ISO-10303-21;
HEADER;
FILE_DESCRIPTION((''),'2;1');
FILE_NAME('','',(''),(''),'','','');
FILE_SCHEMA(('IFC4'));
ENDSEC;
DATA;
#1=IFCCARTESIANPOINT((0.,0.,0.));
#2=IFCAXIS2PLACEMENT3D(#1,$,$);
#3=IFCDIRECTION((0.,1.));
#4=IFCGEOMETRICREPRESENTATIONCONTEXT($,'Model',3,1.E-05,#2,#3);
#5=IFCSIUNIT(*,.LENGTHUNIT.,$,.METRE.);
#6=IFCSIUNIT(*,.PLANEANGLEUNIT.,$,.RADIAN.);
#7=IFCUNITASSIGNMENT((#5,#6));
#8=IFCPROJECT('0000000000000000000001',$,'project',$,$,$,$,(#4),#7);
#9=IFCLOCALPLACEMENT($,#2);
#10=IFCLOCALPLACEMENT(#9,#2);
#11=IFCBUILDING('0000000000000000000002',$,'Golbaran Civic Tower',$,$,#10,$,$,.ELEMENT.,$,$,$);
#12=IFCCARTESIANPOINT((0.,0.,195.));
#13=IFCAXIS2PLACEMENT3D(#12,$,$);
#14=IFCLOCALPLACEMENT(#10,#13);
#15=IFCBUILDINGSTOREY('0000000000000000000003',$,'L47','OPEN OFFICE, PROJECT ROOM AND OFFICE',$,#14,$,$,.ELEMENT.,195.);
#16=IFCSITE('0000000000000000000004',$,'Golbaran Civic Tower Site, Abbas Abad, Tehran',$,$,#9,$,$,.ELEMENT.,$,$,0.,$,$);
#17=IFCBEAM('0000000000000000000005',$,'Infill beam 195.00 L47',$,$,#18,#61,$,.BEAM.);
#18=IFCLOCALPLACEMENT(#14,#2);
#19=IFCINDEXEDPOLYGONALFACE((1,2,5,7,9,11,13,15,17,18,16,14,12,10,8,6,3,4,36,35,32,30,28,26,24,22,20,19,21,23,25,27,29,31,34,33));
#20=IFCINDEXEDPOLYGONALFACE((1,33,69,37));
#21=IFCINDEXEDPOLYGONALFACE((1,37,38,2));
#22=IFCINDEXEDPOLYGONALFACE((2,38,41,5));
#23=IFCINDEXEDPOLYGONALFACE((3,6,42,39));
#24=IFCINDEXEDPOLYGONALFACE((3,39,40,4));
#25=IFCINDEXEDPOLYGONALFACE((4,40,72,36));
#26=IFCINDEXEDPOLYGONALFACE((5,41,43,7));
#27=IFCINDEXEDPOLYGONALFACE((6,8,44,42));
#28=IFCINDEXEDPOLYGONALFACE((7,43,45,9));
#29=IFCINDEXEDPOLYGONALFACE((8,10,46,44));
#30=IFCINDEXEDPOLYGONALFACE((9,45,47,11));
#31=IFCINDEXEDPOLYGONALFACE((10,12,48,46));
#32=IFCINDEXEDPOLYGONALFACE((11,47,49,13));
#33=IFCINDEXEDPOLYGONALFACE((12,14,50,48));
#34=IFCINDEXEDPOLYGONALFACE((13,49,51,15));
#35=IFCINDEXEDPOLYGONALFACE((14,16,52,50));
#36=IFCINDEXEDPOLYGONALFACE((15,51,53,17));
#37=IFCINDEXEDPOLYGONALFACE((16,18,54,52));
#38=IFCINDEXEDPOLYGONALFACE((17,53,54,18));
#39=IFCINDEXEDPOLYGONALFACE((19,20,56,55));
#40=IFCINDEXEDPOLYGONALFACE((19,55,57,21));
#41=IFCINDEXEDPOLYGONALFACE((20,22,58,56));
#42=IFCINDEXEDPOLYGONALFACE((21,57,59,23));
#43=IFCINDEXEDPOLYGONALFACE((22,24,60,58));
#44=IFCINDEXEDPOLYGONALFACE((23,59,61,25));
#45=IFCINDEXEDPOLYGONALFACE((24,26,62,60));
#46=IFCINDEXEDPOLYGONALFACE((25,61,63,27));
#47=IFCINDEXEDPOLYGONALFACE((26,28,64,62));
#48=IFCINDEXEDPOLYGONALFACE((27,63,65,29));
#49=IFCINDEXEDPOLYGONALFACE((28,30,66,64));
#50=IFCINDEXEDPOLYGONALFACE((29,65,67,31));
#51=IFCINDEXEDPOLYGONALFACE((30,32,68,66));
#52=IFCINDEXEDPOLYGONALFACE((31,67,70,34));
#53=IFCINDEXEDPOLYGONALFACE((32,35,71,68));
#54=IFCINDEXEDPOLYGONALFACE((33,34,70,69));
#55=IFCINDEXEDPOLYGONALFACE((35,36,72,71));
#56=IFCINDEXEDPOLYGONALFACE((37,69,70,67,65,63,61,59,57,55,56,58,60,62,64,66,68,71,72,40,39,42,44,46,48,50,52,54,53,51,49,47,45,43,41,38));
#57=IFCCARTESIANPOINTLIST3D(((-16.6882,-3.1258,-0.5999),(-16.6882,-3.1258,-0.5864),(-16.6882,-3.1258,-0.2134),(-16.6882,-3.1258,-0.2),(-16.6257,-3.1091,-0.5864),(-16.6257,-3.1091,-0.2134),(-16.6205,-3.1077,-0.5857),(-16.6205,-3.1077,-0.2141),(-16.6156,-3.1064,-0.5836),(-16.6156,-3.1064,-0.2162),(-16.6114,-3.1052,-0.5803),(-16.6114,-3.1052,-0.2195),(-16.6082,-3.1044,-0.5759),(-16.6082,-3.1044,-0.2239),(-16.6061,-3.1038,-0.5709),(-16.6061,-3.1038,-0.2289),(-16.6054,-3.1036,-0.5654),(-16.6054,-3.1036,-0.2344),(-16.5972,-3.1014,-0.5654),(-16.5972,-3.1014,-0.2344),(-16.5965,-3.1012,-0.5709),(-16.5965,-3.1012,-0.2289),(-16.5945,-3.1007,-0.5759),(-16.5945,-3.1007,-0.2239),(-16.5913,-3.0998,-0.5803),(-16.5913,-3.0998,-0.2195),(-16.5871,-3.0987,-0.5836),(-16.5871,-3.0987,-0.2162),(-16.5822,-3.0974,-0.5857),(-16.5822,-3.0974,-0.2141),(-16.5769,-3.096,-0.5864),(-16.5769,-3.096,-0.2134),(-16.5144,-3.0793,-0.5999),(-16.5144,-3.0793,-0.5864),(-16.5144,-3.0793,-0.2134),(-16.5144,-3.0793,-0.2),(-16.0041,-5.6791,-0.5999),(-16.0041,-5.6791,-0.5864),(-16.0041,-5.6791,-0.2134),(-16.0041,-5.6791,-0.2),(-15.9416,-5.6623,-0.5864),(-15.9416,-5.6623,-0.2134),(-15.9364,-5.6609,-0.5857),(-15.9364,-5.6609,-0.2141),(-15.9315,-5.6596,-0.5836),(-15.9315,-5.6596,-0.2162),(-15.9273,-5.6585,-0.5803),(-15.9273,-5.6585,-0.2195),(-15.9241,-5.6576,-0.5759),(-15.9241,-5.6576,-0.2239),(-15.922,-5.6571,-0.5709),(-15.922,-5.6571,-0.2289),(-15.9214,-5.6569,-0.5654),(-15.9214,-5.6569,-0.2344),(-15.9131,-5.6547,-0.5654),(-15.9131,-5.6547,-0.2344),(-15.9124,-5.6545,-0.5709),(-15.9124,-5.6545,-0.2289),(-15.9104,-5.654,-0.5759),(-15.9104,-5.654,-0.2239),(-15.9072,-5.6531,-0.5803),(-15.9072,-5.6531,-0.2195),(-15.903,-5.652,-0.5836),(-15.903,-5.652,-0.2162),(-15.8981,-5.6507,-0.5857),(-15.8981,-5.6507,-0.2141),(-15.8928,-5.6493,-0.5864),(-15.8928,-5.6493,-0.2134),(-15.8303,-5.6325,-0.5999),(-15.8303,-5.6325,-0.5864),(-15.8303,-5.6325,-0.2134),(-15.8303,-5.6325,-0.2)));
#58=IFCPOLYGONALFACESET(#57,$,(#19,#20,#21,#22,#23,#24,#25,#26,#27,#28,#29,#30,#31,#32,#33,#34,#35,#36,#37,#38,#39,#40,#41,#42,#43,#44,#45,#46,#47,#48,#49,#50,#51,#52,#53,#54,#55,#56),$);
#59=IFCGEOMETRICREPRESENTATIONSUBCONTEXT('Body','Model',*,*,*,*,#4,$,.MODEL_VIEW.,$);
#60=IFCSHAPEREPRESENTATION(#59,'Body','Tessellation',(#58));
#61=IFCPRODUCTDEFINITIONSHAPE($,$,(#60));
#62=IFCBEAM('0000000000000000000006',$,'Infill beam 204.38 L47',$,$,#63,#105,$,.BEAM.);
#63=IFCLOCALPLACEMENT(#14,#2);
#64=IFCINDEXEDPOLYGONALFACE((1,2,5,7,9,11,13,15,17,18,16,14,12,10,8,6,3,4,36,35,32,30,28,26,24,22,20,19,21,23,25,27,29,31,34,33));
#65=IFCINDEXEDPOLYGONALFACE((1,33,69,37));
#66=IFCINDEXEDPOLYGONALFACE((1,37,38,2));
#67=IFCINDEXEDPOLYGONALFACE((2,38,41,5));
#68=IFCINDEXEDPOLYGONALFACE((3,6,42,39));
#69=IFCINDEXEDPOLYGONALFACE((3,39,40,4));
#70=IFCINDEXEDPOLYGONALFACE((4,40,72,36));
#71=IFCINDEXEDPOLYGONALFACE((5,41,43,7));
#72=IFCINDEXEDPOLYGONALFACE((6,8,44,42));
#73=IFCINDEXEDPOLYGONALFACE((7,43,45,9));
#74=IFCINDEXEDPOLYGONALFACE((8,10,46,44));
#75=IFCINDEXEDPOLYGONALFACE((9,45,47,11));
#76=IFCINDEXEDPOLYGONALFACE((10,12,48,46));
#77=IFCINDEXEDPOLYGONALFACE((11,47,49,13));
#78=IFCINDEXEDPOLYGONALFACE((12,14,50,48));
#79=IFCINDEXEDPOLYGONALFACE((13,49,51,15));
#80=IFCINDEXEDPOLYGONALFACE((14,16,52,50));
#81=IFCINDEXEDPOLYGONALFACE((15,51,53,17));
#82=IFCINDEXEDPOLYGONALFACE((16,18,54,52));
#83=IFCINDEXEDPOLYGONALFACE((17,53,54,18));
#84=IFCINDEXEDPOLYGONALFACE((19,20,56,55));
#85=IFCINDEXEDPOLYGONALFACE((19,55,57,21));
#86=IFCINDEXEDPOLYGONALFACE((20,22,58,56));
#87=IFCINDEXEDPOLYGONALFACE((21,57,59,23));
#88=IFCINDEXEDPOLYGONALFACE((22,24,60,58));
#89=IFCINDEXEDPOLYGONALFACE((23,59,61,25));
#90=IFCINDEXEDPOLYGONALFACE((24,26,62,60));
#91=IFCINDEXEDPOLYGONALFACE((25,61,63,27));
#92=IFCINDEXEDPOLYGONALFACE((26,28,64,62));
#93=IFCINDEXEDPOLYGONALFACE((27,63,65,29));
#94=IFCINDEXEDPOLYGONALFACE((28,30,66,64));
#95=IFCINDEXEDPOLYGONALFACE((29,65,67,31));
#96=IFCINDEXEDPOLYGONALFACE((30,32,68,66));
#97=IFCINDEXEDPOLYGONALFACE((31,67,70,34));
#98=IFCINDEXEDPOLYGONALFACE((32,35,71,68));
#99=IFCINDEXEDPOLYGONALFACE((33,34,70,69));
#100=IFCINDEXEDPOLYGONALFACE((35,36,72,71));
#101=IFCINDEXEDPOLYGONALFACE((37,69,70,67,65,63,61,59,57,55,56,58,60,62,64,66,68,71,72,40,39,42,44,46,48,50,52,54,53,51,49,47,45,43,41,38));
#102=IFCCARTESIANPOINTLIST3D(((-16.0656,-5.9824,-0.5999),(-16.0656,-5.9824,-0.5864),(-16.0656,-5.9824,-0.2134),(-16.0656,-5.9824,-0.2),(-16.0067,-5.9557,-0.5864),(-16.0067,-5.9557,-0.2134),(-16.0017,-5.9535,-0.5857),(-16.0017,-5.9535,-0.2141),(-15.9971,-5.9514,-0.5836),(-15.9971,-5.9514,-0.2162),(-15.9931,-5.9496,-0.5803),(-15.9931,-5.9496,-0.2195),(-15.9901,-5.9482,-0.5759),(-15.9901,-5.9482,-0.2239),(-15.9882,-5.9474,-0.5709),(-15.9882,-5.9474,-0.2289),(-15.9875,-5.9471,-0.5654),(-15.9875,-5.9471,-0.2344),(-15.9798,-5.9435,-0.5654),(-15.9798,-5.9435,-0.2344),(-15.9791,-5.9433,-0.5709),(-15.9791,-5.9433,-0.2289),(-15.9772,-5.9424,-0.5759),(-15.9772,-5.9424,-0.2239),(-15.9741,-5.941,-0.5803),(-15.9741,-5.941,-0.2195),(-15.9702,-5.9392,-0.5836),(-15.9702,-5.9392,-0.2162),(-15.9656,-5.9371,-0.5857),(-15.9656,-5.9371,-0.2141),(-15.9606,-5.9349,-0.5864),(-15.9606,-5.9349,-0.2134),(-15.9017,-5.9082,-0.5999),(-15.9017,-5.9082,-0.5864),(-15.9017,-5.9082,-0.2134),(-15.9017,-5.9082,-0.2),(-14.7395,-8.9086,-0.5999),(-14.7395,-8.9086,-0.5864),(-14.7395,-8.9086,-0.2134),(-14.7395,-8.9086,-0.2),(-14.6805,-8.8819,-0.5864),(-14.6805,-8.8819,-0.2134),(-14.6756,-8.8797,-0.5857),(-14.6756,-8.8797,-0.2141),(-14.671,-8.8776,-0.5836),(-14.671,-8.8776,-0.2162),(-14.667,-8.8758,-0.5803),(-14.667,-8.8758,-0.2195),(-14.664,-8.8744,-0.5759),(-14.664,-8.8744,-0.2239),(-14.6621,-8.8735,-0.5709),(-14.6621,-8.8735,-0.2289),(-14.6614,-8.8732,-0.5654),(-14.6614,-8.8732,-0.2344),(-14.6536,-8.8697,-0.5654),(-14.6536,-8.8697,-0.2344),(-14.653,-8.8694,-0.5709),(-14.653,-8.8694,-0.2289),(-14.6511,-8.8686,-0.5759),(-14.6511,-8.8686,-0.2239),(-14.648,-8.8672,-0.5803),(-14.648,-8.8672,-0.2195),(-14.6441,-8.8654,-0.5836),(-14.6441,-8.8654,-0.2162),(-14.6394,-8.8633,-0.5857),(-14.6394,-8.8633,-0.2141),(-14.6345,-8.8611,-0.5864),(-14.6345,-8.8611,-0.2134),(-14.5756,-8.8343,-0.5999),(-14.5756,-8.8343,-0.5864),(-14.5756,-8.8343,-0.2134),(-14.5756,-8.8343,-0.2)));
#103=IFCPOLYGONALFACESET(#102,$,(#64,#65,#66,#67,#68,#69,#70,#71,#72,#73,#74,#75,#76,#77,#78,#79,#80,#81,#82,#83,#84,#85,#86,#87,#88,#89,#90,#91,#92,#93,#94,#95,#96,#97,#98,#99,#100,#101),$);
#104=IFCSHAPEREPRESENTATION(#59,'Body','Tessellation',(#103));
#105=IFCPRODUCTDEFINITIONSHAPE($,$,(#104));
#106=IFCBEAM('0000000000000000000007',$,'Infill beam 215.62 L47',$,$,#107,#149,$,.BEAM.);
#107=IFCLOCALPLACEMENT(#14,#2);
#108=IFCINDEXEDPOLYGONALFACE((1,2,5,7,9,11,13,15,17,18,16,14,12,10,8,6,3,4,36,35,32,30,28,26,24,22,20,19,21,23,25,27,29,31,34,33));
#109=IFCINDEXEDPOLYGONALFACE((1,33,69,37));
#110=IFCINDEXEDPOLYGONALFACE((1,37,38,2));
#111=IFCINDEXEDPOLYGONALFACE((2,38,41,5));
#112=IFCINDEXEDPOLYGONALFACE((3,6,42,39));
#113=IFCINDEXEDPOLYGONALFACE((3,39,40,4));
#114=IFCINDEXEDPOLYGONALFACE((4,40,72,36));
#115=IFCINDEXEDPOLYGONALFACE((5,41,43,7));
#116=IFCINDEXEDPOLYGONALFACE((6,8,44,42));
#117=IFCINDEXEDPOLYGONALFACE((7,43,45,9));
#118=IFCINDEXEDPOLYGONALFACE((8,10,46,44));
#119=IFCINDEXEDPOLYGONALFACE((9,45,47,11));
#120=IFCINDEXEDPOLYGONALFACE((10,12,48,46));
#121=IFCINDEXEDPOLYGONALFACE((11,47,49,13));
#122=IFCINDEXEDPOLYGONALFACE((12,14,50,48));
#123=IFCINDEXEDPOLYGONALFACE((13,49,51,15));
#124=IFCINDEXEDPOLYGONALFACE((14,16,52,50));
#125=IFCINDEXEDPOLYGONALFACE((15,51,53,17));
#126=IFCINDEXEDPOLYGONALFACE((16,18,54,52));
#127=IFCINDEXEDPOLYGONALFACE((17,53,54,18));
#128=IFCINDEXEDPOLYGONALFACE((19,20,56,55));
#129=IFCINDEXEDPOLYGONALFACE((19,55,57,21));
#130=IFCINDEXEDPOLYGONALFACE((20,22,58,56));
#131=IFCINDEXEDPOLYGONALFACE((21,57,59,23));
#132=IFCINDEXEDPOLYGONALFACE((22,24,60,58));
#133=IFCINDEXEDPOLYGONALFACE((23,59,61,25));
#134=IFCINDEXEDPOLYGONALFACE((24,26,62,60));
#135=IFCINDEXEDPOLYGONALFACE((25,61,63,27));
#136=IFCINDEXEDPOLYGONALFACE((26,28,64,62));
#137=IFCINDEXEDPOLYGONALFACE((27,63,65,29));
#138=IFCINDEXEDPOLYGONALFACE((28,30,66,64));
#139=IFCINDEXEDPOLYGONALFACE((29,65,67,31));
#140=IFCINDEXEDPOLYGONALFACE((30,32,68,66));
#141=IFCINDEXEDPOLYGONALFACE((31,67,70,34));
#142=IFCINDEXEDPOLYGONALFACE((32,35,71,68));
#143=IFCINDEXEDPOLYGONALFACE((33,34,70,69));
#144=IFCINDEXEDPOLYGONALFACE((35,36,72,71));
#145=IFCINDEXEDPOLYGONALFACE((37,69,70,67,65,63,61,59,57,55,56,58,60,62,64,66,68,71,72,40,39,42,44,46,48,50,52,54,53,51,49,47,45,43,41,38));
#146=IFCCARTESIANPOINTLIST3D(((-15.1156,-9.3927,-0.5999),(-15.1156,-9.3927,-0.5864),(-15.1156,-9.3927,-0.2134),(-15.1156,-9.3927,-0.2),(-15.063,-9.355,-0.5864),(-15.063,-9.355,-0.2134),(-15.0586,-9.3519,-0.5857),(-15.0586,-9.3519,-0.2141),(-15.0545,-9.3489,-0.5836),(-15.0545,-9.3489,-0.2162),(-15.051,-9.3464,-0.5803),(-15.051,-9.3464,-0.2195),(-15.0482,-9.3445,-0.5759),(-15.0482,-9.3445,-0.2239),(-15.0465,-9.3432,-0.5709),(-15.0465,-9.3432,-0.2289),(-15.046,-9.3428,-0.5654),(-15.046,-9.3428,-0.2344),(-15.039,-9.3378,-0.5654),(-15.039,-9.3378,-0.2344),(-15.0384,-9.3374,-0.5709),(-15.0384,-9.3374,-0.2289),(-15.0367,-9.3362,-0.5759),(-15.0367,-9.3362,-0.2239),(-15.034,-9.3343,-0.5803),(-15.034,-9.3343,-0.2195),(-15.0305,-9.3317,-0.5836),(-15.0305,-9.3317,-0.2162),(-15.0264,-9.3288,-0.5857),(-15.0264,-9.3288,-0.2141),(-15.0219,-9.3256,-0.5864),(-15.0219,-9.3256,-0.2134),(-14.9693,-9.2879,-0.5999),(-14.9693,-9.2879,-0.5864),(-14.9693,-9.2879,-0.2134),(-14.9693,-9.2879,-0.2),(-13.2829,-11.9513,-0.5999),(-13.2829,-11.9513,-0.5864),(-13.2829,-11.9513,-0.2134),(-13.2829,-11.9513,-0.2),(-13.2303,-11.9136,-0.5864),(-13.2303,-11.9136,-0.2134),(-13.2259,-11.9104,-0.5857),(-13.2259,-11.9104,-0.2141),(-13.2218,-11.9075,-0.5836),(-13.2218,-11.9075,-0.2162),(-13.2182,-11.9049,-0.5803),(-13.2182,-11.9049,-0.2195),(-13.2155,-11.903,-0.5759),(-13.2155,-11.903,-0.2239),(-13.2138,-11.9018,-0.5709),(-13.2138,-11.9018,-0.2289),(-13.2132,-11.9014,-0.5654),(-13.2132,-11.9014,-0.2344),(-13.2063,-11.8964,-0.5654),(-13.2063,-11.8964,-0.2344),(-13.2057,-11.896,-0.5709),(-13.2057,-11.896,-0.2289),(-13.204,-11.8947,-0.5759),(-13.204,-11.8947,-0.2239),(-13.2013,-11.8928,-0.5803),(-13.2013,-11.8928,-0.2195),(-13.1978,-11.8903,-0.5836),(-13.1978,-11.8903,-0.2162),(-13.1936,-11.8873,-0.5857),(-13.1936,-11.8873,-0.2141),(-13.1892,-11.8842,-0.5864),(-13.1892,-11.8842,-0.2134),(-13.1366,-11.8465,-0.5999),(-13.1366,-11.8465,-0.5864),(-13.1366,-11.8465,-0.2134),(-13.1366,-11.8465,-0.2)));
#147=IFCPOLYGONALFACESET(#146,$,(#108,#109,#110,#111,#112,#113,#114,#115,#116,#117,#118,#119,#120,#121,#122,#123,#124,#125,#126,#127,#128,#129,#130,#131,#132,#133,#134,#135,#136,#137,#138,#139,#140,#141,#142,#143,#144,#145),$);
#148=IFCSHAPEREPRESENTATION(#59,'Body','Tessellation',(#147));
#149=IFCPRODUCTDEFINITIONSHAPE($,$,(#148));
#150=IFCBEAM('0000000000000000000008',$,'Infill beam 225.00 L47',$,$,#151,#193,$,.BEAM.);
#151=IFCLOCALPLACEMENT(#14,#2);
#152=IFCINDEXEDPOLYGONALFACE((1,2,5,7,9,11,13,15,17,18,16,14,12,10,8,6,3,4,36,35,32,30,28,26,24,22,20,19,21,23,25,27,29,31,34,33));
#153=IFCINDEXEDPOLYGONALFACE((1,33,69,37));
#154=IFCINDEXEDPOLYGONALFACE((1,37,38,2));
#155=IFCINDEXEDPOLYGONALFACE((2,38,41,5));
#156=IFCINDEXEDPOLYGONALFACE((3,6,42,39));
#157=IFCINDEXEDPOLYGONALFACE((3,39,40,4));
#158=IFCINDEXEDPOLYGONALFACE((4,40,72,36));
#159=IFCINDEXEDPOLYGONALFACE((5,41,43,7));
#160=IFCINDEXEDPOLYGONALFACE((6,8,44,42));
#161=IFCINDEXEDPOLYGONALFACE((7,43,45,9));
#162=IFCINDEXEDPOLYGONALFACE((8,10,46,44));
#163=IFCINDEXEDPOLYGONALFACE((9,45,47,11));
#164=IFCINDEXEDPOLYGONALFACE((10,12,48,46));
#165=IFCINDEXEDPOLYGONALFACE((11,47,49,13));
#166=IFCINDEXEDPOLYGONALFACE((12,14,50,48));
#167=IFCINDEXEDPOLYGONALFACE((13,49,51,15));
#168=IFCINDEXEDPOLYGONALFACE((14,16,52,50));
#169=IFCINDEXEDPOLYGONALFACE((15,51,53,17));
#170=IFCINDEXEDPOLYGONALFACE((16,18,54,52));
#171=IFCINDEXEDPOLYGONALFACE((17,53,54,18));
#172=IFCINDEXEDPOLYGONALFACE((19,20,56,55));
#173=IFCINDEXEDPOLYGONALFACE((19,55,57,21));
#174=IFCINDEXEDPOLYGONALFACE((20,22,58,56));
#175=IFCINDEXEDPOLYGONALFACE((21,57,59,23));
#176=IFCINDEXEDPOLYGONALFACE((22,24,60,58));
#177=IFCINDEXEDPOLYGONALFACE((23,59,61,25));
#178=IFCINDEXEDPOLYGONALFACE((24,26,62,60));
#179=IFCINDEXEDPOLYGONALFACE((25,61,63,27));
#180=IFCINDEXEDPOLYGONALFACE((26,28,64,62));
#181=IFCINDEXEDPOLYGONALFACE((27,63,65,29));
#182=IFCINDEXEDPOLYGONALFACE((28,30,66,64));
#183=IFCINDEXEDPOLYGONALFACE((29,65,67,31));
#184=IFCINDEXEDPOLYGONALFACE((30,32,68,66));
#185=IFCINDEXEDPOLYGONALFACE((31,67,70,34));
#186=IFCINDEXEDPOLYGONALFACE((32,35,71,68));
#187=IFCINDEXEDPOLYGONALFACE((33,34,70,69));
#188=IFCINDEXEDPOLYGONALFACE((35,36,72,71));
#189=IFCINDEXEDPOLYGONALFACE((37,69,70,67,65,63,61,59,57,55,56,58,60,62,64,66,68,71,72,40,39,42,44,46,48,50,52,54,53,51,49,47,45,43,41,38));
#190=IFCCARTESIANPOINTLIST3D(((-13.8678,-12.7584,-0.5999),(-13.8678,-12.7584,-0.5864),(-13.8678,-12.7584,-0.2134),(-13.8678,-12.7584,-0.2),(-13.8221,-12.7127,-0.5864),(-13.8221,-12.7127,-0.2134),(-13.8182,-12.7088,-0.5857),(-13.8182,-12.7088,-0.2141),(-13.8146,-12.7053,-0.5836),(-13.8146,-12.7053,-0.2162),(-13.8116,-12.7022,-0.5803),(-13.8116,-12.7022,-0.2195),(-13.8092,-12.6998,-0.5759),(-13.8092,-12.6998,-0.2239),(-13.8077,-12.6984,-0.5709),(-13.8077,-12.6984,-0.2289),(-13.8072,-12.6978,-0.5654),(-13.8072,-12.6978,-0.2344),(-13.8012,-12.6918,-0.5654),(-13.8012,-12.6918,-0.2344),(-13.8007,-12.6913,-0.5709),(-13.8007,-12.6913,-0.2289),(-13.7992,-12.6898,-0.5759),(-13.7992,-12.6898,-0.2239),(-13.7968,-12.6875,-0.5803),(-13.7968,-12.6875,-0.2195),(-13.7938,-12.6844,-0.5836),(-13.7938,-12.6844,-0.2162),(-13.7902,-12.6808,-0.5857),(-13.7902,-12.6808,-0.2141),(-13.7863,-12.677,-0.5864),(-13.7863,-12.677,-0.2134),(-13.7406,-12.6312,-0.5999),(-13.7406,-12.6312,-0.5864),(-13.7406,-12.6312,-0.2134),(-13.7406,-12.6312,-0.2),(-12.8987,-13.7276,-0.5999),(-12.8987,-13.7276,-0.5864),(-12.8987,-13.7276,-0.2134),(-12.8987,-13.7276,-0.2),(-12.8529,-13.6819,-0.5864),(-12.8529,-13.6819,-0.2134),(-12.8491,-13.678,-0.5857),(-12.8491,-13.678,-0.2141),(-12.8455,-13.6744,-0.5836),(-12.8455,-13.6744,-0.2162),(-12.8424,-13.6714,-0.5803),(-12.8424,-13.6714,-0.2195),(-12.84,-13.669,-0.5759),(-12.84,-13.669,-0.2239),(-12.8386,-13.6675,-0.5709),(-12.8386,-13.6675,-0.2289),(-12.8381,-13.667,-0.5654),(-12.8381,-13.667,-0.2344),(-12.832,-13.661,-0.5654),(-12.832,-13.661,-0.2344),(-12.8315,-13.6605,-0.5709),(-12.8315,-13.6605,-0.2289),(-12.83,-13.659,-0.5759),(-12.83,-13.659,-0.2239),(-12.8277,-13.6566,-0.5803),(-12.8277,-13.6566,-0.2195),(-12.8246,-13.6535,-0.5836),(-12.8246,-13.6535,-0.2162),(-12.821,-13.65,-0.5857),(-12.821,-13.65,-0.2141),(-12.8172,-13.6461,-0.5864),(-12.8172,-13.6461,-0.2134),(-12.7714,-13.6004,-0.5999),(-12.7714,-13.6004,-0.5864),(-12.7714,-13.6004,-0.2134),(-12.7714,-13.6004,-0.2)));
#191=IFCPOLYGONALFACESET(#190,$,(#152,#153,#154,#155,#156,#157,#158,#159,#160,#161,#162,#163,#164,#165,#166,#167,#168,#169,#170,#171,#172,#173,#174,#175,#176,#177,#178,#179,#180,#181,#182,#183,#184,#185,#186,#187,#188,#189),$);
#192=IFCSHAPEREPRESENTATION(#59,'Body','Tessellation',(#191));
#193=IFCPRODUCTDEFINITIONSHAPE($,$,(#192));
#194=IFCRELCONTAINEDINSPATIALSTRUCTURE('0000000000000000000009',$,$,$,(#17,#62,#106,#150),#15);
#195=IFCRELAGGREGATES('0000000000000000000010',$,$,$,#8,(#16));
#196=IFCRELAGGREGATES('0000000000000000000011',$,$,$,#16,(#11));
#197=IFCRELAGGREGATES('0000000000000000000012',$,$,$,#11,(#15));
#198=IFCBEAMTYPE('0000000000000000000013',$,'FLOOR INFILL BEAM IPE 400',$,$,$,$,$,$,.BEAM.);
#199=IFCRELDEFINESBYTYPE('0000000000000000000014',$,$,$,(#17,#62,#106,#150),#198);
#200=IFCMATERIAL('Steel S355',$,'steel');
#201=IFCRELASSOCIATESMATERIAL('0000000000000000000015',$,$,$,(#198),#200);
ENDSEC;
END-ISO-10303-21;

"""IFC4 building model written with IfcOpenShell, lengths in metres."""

from ifc_helpers import new_model, si_unit, direction, frame, origin, origin_2d, place, context, subcontext, project, spatial, i_section, extrude, material, material_profile, profile_set, type_object, element, save


model = new_model("IFC4")

# Units and contexts
model_context = context("Model", 3, precision=1e-05, world=origin(), true_north=direction((0.0, 1.0)))
body_context = subcontext(model_context, "Body", "Model", "MODEL_VIEW")
ifc_project = project(units=[si_unit("LENGTHUNIT", "METRE"), si_unit("PLANEANGLEUNIT", "RADIAN")], contexts=[model_context])

# Site, building, storey
site_placement = place(None, origin())
site = spatial("IfcSite", under=ifc_project, at=site_placement, Name="Golbaran Civic Tower Site, Abbas Abad, Tehran", CompositionType="ELEMENT", RefElevation=0.0)
building_placement = place(site_placement, origin())
building = spatial("IfcBuilding", under=site, at=building_placement, Name="Golbaran Civic Tower", CompositionType="ELEMENT")
storey_placement = place(building_placement, frame((0.0, 0.0, 195.0)))
storey = spatial("IfcBuildingStorey", under=building, at=storey_placement, Name="L47", Description="OPEN OFFICE, PROJECT ROOM AND OFFICE", CompositionType="ELEMENT", Elevation=195.0)

# Beams
ifc_material_1 = material(Name="Steel S355", Category="steel")
ifc_material_profile_1 = material_profile(ifc_material_1, i_section(OverallWidth=0.1799, OverallDepth=0.3999, WebThickness=0.0085, FlangeThickness=0.0134, FilletRadius=0.021, at=origin_2d()), Name="IPE 400")
ifc_profile_set_1 = profile_set([ifc_material_profile_1], Name="Steel S355")
beam_type_1 = type_object("IfcBeamType", Name="FLOOR INFILL BEAM IPE 400", PredefinedType="BEAM", material=ifc_profile_set_1)
beam_1_placement = place(storey_placement, frame((-16.6013, -3.1025, -0.3999), z_axis=(0.258801, -0.965931, 0.0), x_axis=(0.965931, 0.258801, 0.0)))
element("IfcBeam", 1, at=beam_1_placement, inside=storey, type_object=beam_type_1, Name="Infill beam 195.00 L47", PredefinedType="BEAM", context=body_context, shape_type="SweptSolid", body=[
    extrude(i_section(OverallWidth=0.1799, OverallDepth=0.3999, WebThickness=0.0085, FlangeThickness=0.0134, FilletRadius=0.021, at=origin_2d()), origin(), (0.0, 0.0, 1.0), 2.6433),
])
beam_2_placement = place(storey_placement, frame((-15.9836, -5.9453, -0.3999), z_axis=(0.412784, -0.910829, 0.0), x_axis=(0.910829, 0.412784, 0.0)))
element("IfcBeam", 2, at=beam_2_placement, inside=storey, type_object=beam_type_1, Name="Infill beam 204.38 L47", PredefinedType="BEAM", context=body_context, shape_type="SweptSolid", body=[
    extrude(i_section(OverallWidth=0.1799, OverallDepth=0.3999, WebThickness=0.0085, FlangeThickness=0.0134, FilletRadius=0.021, at=origin_2d()), origin(), (0.0, 0.0, 1.0), 3.2126),
])
beam_3_placement = place(storey_placement, frame((-15.0425, -9.3403, -0.3999), z_axis=(0.582331, -0.812952, 0.0), x_axis=(0.812952, 0.582331, 0.0)))
element("IfcBeam", 3, at=beam_3_placement, inside=storey, type_object=beam_type_1, Name="Infill beam 215.62 L47", PredefinedType="BEAM", context=body_context, shape_type="SweptSolid", body=[
    extrude(i_section(OverallWidth=0.1799, OverallDepth=0.3999, WebThickness=0.0085, FlangeThickness=0.0134, FilletRadius=0.021, at=origin_2d()), origin(), (0.0, 0.0, 1.0), 3.1472),
])
beam_4_placement = place(storey_placement, frame((-13.8042, -12.6948, -0.3999), z_axis=(0.707107, -0.707107, 0.0), x_axis=(0.707107, 0.707107, 0.0)))
element("IfcBeam", 4, at=beam_4_placement, inside=storey, type_object=beam_type_1, Name="Infill beam 225.00 L47", PredefinedType="BEAM", context=body_context, shape_type="SweptSolid", body=[
    extrude(i_section(OverallWidth=0.1799, OverallDepth=0.3999, WebThickness=0.0085, FlangeThickness=0.0134, FilletRadius=0.021, at=origin_2d()), origin(), (0.0, 0.0, 1.0), 1.3706),
])

save(model, "model.ifc")
